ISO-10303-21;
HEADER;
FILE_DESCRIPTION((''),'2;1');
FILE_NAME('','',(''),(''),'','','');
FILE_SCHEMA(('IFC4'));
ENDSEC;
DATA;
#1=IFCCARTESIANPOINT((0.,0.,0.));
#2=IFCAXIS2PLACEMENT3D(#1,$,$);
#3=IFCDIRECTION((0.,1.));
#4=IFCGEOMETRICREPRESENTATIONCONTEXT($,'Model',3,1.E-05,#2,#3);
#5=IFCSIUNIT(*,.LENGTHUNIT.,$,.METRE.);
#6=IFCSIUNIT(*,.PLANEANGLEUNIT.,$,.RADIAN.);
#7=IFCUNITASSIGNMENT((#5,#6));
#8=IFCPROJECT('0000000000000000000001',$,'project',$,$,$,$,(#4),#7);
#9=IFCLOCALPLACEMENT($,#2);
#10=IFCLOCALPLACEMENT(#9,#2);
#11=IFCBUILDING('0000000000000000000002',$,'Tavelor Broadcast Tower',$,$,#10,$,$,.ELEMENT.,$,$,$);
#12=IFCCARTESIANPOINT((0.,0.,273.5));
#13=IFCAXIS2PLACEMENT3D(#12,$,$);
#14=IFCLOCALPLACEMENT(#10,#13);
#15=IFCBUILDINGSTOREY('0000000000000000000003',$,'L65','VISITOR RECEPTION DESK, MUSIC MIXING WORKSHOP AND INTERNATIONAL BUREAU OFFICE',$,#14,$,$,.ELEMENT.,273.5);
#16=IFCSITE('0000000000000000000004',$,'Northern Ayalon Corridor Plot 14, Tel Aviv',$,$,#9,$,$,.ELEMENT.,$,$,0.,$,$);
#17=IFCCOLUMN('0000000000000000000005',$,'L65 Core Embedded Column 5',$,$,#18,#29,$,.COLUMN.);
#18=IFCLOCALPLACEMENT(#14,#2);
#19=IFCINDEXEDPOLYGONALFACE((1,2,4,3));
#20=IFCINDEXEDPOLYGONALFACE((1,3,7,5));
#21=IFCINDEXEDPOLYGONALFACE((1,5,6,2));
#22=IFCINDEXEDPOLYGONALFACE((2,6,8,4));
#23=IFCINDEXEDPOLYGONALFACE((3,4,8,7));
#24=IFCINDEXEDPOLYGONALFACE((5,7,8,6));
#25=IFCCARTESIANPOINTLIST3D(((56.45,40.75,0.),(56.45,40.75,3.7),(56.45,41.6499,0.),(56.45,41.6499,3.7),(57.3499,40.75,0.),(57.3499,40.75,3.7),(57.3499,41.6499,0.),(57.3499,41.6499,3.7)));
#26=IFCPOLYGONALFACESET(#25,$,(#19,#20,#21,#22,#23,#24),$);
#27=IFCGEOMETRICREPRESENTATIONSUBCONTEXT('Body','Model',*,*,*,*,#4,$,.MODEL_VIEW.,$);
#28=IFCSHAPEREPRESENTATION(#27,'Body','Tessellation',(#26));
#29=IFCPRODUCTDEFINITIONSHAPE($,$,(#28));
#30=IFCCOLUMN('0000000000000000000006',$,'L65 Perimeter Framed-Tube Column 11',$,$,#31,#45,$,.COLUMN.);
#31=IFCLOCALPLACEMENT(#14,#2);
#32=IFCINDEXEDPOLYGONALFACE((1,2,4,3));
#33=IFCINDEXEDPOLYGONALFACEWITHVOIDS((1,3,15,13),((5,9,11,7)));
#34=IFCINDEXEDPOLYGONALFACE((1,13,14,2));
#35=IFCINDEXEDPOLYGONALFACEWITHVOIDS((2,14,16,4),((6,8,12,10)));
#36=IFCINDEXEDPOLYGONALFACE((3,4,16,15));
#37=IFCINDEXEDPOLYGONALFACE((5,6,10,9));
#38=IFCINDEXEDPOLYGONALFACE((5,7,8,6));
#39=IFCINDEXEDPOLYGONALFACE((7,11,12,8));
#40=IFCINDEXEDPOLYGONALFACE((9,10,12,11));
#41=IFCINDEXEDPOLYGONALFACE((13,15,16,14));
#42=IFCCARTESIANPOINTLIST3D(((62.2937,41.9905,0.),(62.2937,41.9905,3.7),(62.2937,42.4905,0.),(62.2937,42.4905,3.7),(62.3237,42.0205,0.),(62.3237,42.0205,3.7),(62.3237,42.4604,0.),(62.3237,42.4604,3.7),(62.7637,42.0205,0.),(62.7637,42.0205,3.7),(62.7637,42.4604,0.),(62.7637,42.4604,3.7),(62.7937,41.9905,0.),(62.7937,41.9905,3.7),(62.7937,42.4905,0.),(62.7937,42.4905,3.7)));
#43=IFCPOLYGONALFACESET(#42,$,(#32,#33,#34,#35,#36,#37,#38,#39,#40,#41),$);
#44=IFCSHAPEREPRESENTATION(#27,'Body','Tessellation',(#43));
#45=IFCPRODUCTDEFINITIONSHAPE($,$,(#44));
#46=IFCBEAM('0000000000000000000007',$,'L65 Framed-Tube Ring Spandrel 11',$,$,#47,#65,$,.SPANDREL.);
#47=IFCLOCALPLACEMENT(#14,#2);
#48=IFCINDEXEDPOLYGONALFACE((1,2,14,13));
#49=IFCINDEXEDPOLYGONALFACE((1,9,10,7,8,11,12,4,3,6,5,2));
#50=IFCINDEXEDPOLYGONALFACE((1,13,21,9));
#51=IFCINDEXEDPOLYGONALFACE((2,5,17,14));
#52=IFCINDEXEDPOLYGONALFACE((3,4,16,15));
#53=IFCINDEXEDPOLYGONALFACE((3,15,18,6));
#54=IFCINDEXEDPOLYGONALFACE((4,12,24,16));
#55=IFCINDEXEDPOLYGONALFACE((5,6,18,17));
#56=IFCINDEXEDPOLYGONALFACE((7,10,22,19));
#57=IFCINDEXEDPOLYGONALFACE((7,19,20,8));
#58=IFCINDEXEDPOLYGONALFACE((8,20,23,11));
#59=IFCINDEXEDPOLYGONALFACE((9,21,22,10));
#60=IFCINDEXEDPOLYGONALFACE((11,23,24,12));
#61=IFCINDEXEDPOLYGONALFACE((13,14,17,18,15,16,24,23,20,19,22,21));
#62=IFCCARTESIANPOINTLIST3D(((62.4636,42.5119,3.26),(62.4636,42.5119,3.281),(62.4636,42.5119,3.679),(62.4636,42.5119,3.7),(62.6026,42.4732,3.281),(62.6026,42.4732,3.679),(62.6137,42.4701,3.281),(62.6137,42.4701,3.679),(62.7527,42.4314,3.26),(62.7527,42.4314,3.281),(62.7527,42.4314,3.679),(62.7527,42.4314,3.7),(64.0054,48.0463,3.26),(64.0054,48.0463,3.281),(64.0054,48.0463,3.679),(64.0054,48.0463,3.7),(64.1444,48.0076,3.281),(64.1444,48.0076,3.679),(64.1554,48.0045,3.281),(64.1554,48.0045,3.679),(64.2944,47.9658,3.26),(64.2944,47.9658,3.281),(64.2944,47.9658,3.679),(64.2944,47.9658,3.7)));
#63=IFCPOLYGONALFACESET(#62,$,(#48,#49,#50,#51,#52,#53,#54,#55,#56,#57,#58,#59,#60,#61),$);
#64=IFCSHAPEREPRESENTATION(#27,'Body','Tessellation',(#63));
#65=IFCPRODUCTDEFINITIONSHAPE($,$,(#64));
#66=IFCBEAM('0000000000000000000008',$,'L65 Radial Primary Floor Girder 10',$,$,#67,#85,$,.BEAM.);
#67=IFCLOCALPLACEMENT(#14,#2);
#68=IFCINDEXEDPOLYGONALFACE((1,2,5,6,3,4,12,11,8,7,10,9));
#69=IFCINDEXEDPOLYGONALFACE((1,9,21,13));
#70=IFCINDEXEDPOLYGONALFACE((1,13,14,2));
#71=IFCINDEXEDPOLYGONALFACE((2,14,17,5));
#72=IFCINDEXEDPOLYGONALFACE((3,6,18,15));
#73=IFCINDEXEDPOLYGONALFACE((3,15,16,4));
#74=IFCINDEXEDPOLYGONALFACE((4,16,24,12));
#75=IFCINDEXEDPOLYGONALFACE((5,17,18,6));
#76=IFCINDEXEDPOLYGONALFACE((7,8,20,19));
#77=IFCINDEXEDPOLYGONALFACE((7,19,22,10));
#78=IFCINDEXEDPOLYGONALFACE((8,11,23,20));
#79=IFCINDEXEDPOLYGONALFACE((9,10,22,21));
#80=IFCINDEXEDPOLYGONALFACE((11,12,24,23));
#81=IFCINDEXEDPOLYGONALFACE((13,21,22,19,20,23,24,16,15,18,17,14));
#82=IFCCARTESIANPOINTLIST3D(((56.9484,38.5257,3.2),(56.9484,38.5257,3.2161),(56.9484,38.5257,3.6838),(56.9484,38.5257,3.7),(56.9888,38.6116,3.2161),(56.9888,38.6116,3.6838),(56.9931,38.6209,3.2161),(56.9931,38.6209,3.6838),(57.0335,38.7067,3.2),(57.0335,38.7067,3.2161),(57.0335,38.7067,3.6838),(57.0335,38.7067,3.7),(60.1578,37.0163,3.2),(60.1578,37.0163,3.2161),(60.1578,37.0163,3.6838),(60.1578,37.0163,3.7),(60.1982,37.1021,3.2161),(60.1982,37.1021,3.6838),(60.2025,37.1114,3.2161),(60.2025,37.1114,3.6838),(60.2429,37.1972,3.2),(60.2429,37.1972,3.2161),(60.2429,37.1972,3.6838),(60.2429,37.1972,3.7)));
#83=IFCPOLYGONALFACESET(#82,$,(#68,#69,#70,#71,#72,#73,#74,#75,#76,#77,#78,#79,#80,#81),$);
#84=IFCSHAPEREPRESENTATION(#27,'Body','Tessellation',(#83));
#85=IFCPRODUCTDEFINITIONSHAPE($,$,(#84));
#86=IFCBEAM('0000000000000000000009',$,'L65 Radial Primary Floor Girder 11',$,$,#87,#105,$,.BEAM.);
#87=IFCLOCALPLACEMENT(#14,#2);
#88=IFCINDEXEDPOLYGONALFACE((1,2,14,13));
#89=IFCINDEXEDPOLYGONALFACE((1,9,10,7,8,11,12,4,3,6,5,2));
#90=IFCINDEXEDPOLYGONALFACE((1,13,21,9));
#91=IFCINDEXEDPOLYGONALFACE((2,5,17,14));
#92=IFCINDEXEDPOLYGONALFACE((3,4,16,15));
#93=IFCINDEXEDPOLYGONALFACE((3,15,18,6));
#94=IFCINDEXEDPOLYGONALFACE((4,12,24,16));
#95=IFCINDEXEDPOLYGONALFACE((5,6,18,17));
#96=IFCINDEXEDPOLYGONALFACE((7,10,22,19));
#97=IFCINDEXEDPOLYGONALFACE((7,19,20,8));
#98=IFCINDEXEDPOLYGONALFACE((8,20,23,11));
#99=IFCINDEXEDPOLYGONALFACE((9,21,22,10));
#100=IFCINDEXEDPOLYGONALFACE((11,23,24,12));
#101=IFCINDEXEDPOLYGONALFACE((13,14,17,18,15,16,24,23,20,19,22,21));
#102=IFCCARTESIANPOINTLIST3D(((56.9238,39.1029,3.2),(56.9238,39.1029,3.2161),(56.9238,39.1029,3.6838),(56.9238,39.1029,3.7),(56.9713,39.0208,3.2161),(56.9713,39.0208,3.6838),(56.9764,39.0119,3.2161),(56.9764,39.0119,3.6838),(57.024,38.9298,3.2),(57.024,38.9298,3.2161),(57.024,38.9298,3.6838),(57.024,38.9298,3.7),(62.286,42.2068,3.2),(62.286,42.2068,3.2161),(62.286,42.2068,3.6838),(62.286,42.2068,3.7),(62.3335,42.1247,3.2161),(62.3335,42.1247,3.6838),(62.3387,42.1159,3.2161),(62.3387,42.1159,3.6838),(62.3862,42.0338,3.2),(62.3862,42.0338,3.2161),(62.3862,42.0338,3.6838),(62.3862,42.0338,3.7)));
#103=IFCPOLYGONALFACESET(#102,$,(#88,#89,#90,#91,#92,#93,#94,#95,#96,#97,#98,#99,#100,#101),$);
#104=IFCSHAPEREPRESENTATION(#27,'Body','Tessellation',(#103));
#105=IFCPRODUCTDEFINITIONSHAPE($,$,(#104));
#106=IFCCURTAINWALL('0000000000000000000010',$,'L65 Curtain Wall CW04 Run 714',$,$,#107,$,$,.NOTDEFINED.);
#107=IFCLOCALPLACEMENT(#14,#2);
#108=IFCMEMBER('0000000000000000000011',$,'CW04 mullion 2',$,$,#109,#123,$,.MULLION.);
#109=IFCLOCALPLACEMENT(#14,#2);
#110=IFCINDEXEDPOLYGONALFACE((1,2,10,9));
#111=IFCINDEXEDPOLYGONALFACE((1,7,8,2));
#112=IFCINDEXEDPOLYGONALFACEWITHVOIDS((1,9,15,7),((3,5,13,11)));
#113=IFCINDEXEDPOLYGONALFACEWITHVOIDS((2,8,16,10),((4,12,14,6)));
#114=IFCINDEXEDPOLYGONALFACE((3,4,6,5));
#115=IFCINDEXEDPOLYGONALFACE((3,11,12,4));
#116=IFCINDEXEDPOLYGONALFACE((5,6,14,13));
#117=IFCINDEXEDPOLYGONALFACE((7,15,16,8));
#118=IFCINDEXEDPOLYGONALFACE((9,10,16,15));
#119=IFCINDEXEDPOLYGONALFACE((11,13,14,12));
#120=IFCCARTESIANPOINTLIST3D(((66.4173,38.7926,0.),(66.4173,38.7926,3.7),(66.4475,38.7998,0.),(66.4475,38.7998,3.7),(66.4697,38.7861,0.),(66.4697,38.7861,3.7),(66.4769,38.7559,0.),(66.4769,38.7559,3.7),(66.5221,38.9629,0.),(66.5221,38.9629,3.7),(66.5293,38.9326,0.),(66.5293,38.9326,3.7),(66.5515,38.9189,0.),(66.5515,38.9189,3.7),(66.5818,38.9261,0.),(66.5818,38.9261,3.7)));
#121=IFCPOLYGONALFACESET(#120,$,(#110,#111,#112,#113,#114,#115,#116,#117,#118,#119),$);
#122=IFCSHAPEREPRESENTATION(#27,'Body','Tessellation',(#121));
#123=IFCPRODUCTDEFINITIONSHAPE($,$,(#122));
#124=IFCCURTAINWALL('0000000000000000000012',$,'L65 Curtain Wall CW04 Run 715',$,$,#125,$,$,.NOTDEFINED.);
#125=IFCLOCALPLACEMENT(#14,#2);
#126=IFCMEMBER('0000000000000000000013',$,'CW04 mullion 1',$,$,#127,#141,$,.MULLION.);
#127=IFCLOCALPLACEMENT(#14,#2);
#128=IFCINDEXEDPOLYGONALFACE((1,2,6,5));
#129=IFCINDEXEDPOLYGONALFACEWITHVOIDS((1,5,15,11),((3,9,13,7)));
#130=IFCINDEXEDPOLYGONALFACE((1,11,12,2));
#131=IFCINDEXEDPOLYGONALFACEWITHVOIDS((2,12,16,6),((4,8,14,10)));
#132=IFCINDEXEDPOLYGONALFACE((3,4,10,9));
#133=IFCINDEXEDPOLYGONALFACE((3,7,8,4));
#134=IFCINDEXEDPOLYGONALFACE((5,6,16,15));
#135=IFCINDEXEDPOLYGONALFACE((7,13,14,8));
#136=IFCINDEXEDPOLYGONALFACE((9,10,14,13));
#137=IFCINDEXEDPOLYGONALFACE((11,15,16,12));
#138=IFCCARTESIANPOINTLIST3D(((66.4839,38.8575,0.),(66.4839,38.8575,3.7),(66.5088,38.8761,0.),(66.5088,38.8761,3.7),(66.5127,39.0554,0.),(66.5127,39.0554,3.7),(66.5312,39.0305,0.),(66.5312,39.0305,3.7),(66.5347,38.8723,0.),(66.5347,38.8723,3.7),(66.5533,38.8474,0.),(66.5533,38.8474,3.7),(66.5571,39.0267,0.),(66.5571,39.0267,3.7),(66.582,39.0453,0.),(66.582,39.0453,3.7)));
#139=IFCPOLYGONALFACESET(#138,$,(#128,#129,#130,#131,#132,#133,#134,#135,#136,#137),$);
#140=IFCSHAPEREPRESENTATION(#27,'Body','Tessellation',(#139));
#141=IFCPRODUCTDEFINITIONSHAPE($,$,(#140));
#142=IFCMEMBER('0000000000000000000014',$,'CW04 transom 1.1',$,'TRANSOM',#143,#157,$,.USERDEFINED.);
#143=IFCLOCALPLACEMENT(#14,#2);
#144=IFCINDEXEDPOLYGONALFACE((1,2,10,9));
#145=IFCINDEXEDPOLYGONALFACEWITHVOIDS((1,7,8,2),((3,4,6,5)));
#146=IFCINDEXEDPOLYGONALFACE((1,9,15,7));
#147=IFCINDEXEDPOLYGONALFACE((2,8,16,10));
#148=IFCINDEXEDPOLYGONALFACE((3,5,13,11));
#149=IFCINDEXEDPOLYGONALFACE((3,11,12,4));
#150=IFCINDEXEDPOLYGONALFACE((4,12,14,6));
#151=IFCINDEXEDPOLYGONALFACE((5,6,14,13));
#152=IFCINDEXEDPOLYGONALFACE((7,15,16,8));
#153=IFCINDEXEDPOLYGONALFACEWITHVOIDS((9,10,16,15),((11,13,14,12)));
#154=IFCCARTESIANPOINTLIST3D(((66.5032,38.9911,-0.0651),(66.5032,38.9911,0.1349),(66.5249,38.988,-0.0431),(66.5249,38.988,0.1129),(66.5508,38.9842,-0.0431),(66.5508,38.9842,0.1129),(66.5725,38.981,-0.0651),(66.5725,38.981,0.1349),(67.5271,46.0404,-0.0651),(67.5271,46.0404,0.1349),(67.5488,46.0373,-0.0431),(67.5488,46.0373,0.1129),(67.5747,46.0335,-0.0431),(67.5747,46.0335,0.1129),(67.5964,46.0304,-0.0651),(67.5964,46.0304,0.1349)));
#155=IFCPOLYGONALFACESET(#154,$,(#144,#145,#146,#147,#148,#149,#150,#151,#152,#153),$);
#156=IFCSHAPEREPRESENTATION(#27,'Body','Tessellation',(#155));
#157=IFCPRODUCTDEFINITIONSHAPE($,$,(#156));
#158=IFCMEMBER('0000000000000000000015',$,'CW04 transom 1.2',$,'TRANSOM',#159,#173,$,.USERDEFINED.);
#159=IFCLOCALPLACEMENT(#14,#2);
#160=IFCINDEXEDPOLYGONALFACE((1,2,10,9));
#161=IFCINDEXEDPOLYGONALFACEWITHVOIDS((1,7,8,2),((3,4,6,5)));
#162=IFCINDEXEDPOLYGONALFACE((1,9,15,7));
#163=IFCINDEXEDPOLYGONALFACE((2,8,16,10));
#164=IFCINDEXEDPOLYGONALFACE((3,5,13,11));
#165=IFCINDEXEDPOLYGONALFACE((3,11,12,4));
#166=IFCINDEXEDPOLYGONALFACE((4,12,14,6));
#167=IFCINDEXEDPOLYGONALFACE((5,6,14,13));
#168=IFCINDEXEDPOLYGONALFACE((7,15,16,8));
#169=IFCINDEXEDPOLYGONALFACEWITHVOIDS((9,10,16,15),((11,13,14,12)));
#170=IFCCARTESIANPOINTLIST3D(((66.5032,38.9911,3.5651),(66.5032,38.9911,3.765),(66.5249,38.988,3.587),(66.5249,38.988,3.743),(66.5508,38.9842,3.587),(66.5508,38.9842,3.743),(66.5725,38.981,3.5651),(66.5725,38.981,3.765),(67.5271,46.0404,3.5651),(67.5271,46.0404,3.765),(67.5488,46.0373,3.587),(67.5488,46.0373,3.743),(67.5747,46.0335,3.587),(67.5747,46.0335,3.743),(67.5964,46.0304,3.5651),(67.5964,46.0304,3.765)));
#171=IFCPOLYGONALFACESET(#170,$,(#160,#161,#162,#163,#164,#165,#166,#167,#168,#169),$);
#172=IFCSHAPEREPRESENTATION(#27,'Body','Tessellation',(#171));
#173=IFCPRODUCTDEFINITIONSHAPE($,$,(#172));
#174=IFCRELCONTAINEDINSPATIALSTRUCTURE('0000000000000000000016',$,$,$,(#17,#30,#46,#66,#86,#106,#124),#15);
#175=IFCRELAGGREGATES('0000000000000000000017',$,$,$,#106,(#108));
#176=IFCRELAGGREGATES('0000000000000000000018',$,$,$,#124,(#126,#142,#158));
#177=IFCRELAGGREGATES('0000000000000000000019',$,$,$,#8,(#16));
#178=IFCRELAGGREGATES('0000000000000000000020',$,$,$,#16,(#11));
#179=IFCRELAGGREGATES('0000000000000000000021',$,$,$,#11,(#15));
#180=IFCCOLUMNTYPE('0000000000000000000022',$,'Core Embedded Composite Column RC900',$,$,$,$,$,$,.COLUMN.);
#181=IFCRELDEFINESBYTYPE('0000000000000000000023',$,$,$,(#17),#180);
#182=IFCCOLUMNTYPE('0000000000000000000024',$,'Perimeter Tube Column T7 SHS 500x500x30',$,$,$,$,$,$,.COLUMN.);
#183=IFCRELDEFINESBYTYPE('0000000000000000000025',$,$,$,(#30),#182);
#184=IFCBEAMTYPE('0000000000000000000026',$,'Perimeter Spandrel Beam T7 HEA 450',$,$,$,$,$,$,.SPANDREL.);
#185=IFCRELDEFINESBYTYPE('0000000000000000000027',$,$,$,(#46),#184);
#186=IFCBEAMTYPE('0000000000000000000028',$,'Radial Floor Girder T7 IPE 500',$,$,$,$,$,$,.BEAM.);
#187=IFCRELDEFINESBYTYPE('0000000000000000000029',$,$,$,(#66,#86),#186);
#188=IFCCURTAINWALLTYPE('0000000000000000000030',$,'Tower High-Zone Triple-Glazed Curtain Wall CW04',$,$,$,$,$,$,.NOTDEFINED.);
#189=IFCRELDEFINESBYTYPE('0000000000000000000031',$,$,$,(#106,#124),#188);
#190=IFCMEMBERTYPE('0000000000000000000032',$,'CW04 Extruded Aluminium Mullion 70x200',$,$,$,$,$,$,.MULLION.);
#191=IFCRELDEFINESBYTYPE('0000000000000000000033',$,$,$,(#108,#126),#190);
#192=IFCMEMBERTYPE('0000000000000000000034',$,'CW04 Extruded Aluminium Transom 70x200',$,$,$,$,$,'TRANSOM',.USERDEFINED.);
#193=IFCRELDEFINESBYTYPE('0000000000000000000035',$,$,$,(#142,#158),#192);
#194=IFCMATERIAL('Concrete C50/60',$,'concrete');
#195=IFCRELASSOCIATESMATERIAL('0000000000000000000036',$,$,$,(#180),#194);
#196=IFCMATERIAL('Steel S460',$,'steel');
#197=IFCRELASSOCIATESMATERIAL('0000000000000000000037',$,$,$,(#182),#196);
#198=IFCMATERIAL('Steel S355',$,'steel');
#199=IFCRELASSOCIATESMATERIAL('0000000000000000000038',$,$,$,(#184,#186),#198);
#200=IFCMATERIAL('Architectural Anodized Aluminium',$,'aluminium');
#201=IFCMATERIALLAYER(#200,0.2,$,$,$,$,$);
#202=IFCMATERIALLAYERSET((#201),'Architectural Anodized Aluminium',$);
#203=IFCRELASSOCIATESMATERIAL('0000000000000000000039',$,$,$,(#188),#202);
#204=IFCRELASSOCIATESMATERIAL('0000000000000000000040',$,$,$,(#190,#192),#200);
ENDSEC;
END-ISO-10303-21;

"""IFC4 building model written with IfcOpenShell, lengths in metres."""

from ifc_helpers import new_model, si_unit, direction, frame, origin, origin_2d, place, context, subcontext, project, spatial, rectangle, hollow_rectangle, i_section, extrude, source, transform, mapped, material, layer, layer_set, material_profile, profile_set, type_object, type_shapes, element, aggregate, save


model = new_model("IFC4")

# Units and contexts
model_context = context("Model", 3, precision=1e-05, world=origin(), true_north=direction((0.0, 1.0)))
body_context = subcontext(model_context, "Body", "Model", "MODEL_VIEW")
ifc_project = project(units=[si_unit("LENGTHUNIT", "METRE"), si_unit("PLANEANGLEUNIT", "RADIAN")], contexts=[model_context])

# Site, building, storey
site_placement = place(None, origin())
site = spatial("IfcSite", under=ifc_project, at=site_placement, Name="Northern Ayalon Corridor Plot 14, Tel Aviv", CompositionType="ELEMENT", RefElevation=0.0)
building_placement = place(site_placement, origin())
building = spatial("IfcBuilding", under=site, at=building_placement, Name="Tavelor Broadcast Tower", CompositionType="ELEMENT")
storey_placement = place(building_placement, frame((0.0, 0.0, 273.5)))
storey = spatial("IfcBuildingStorey", under=building, at=storey_placement, Name="L65", Description="VISITOR RECEPTION DESK, MUSIC MIXING WORKSHOP AND INTERNATIONAL BUREAU OFFICE", CompositionType="ELEMENT", Elevation=273.5)

# Columns
ifc_material_1 = material(Name="Concrete C50/60", Category="concrete")
ifc_material_profile_1 = material_profile(ifc_material_1, rectangle(XDim=0.8999, YDim=0.8999, at=origin_2d()), Name="RC 900x900")
ifc_profile_set_1 = profile_set([ifc_material_profile_1], Name="Concrete C50/60")
column_type_1 = type_object("IfcColumnType", Name="Core Embedded Composite Column RC900", PredefinedType="COLUMN", material=ifc_profile_set_1)
column_1_placement = place(storey_placement, frame((56.8999, 41.2, 0.0), z_axis=(0.0, 0.0, 1.0), x_axis=(1.0, 0.0, 0.0)))
element("IfcColumn", 1, at=column_1_placement, inside=storey, type_object=column_type_1, Name="L65 Core Embedded Column 5", PredefinedType="COLUMN", context=body_context, shape_type="SweptSolid", body=[
    extrude(rectangle(XDim=0.8999, YDim=0.8999, at=origin_2d()), origin(), (0.0, 0.0, 1.0), 3.7),
])
ifc_material_2 = material(Name="Steel S460", Category="steel")
ifc_material_profile_2 = material_profile(ifc_material_2, hollow_rectangle(XDim=0.5, YDim=0.5, WallThickness=0.03, at=origin_2d()), Name="SHS 500x500x30")
ifc_profile_set_2 = profile_set([ifc_material_profile_2], Name="Steel S460")
column_type_2 = type_object("IfcColumnType", Name="Perimeter Tube Column T7 SHS 500x500x30", PredefinedType="COLUMN", material=ifc_profile_set_2)
column_2_placement = place(storey_placement, frame((62.5437, 42.2405, 0.0), z_axis=(0.0, 0.0, 1.0), x_axis=(1.0, 0.0, 0.0)))
element("IfcColumn", 2, at=column_2_placement, inside=storey, type_object=column_type_2, Name="L65 Perimeter Framed-Tube Column 11", PredefinedType="COLUMN", context=body_context, shape_type="SweptSolid", body=[
    extrude(hollow_rectangle(XDim=0.5, YDim=0.5, WallThickness=0.03, at=origin_2d()), origin(), (0.0, 0.0, 1.0), 3.7),
])

# Beams
ifc_material_3 = material(Name="Steel S355", Category="steel")
ifc_material_profile_3 = material_profile(ifc_material_3, i_section(OverallWidth=0.3, OverallDepth=0.4399, WebThickness=0.0115, FlangeThickness=0.021, at=origin_2d()), Name="HEA 450")
ifc_profile_set_3 = profile_set([ifc_material_profile_3], Name="Steel S355")
beam_type_1 = type_object("IfcBeamType", Name="Perimeter Spandrel Beam T7 HEA 450", PredefinedType="SPANDREL", material=ifc_profile_set_3)
beam_1_placement = place(storey_placement, frame((62.6082, 42.4717, 3.48), z_axis=(0.268356, 0.96332, 0.0), x_axis=(-0.96332, 0.268356, 0.0)))
element("IfcBeam", 3, at=beam_1_placement, inside=storey, type_object=beam_type_1, Name="L65 Framed-Tube Ring Spandrel 11", PredefinedType="SPANDREL", context=body_context, shape_type="SweptSolid", body=[
    extrude(i_section(OverallWidth=0.3, OverallDepth=0.4399, WebThickness=0.0115, FlangeThickness=0.021, at=origin_2d()), origin(), (0.0, 0.0, 1.0), 5.7451),
])
ifc_material_profile_4 = material_profile(ifc_material_3, i_section(OverallWidth=0.2, OverallDepth=0.5, WebThickness=0.0103, FlangeThickness=0.0161, at=origin_2d()), Name="IPE 500")
ifc_profile_set_4 = profile_set([ifc_material_profile_4], Name="Steel S355")
beam_type_2 = type_object("IfcBeamType", Name="Radial Floor Girder T7 IPE 500", PredefinedType="BEAM", material=ifc_profile_set_4)
beam_2_placement = place(storey_placement, frame((56.991, 38.6162, 3.45), z_axis=(0.904908, -0.425608, 0.0), x_axis=(0.425608, 0.904908, 0.0)))
element("IfcBeam", 4, at=beam_2_placement, inside=storey, type_object=beam_type_2, Name="L65 Radial Primary Floor Girder 10", PredefinedType="BEAM", context=body_context, shape_type="SweptSolid", body=[
    extrude(i_section(OverallWidth=0.2, OverallDepth=0.5, WebThickness=0.0103, FlangeThickness=0.0161, at=origin_2d()), origin(), (0.0, 0.0, 1.0), 3.5466),
])
beam_3_placement = place(storey_placement, frame((56.9739, 39.0164, 3.45), z_axis=(0.86546, 0.500977, 0.0), x_axis=(-0.500977, 0.86546, 0.0)))
element("IfcBeam", 5, at=beam_3_placement, inside=storey, type_object=beam_type_2, Name="L65 Radial Primary Floor Girder 11", PredefinedType="BEAM", context=body_context, shape_type="SweptSolid", body=[
    extrude(i_section(OverallWidth=0.2, OverallDepth=0.5, WebThickness=0.0103, FlangeThickness=0.0161, at=origin_2d()), origin(), (0.0, 0.0, 1.0), 6.1958),
])

# Curtain wall, member
ifc_material_4 = material(Name="Architectural Anodized Aluminium", Category="aluminium")
ifc_layer_1 = layer(ifc_material_4, 0.2)
ifc_layer_set_1 = layer_set([ifc_layer_1], Name="Architectural Anodized Aluminium")
curtain_wall_type = type_object("IfcCurtainWallType", Name="Tower High-Zone Triple-Glazed Curtain Wall CW04", PredefinedType="NOTDEFINED", material=ifc_layer_set_1)
curtain_wall_1_placement = place(storey_placement, origin())
curtain_wall_1 = element("IfcCurtainWall", 6, at=curtain_wall_1_placement, inside=storey, type_object=curtain_wall_type, Name="L65 Curtain Wall CW04 Run 714", PredefinedType="NOTDEFINED")
ifc_material_profile_5 = material_profile(ifc_material_4, hollow_rectangle(XDim=0.0701, YDim=0.2, WallThickness=0.022, at=origin_2d()), Name="RHS 70x200x22")
ifc_profile_set_5 = profile_set([ifc_material_profile_5], Name="Architectural Anodized Aluminium")
member_type_1 = type_object("IfcMemberType", Name="CW04 Extruded Aluminium Mullion 70x200", PredefinedType="MULLION", material=ifc_profile_set_5)
shared_shape_1 = source(origin(), body_context, "Body", "SweptSolid", [
    extrude(hollow_rectangle(XDim=0.0701, YDim=0.2, WallThickness=0.022, at=origin_2d()), origin(), (0.0, 0.0, 1.0), 3.7),
])
type_shapes(member_type_1, [shared_shape_1])
member_1_placement = place(storey_placement, frame((66.4995, 38.8594, 0.0), z_axis=(0.0, 0.0, 1.0), x_axis=(-0.851502, 0.524351, 0.0)))
member_1 = element("IfcMember", 7, at=member_1_placement, type_object=member_type_1, Name="CW04 mullion 2", PredefinedType="MULLION", context=body_context, shape_type="MappedRepresentation", body=[
    mapped(shared_shape_1, transform((0.0, 0.0, 0.0), scale=1.0)),
])
aggregate(curtain_wall_1, [member_1])

# Curtain wall, members
curtain_wall_2_placement = place(storey_placement, origin())
curtain_wall_2 = element("IfcCurtainWall", 8, at=curtain_wall_2_placement, inside=storey, type_object=curtain_wall_type, Name="L65 Curtain Wall CW04 Run 715", PredefinedType="NOTDEFINED")
member_2_placement = place(storey_placement, frame((66.533, 38.9514, 0.0), z_axis=(0.0, 0.0, 1.0), x_axis=(-0.989616, 0.143736, 0.0)))
member_2 = element("IfcMember", 9, at=member_2_placement, type_object=member_type_1, Name="CW04 mullion 1", PredefinedType="MULLION", context=body_context, shape_type="MappedRepresentation", body=[
    mapped(shared_shape_1, transform((0.0, 0.0, 0.0), scale=1.0)),
])
ifc_material_profile_6 = material_profile(ifc_material_4, hollow_rectangle(XDim=0.0701, YDim=0.2, WallThickness=0.022, at=origin_2d()), Name="RHS 70x200x22")
ifc_profile_set_6 = profile_set([ifc_material_profile_6], Name="Architectural Anodized Aluminium")
member_type_2 = type_object("IfcMemberType", Name="CW04 Extruded Aluminium Transom 70x200", ElementType="TRANSOM", PredefinedType="USERDEFINED", material=ifc_profile_set_6)
shared_shape_2 = source(origin(), body_context, "Body", "SweptSolid", [
    extrude(hollow_rectangle(XDim=0.0701, YDim=0.2, WallThickness=0.022, at=origin_2d()), origin(), (0.0, 0.0, 1.0), 7.1233),
])
type_shapes(member_type_2, [shared_shape_2])
member_3_placement = place(storey_placement, frame((66.5378, 38.9861, 0.0349), z_axis=(0.143743, 0.989615, 0.0), x_axis=(-0.989615, 0.143743, 0.0)))
member_3 = element("IfcMember", 10, at=member_3_placement, type_object=member_type_2, Name="CW04 transom 1.1", ObjectType="TRANSOM", PredefinedType="USERDEFINED", context=body_context, shape_type="MappedRepresentation", body=[
    mapped(shared_shape_2, transform((0.0, 0.0, 0.0), scale=1.0)),
])
member_4_placement = place(storey_placement, frame((66.5378, 38.9861, 3.665), z_axis=(0.143743, 0.989615, 0.0), x_axis=(-0.989615, 0.143743, 0.0)))
member_4 = element("IfcMember", 11, at=member_4_placement, type_object=member_type_2, Name="CW04 transom 1.2", ObjectType="TRANSOM", PredefinedType="USERDEFINED", context=body_context, shape_type="MappedRepresentation", body=[
    mapped(shared_shape_2, transform((0.0, 0.0, 0.0), scale=1.0)),
])

aggregate(curtain_wall_2, [member_2, member_3, member_4])

save(model, "model.ifc")
